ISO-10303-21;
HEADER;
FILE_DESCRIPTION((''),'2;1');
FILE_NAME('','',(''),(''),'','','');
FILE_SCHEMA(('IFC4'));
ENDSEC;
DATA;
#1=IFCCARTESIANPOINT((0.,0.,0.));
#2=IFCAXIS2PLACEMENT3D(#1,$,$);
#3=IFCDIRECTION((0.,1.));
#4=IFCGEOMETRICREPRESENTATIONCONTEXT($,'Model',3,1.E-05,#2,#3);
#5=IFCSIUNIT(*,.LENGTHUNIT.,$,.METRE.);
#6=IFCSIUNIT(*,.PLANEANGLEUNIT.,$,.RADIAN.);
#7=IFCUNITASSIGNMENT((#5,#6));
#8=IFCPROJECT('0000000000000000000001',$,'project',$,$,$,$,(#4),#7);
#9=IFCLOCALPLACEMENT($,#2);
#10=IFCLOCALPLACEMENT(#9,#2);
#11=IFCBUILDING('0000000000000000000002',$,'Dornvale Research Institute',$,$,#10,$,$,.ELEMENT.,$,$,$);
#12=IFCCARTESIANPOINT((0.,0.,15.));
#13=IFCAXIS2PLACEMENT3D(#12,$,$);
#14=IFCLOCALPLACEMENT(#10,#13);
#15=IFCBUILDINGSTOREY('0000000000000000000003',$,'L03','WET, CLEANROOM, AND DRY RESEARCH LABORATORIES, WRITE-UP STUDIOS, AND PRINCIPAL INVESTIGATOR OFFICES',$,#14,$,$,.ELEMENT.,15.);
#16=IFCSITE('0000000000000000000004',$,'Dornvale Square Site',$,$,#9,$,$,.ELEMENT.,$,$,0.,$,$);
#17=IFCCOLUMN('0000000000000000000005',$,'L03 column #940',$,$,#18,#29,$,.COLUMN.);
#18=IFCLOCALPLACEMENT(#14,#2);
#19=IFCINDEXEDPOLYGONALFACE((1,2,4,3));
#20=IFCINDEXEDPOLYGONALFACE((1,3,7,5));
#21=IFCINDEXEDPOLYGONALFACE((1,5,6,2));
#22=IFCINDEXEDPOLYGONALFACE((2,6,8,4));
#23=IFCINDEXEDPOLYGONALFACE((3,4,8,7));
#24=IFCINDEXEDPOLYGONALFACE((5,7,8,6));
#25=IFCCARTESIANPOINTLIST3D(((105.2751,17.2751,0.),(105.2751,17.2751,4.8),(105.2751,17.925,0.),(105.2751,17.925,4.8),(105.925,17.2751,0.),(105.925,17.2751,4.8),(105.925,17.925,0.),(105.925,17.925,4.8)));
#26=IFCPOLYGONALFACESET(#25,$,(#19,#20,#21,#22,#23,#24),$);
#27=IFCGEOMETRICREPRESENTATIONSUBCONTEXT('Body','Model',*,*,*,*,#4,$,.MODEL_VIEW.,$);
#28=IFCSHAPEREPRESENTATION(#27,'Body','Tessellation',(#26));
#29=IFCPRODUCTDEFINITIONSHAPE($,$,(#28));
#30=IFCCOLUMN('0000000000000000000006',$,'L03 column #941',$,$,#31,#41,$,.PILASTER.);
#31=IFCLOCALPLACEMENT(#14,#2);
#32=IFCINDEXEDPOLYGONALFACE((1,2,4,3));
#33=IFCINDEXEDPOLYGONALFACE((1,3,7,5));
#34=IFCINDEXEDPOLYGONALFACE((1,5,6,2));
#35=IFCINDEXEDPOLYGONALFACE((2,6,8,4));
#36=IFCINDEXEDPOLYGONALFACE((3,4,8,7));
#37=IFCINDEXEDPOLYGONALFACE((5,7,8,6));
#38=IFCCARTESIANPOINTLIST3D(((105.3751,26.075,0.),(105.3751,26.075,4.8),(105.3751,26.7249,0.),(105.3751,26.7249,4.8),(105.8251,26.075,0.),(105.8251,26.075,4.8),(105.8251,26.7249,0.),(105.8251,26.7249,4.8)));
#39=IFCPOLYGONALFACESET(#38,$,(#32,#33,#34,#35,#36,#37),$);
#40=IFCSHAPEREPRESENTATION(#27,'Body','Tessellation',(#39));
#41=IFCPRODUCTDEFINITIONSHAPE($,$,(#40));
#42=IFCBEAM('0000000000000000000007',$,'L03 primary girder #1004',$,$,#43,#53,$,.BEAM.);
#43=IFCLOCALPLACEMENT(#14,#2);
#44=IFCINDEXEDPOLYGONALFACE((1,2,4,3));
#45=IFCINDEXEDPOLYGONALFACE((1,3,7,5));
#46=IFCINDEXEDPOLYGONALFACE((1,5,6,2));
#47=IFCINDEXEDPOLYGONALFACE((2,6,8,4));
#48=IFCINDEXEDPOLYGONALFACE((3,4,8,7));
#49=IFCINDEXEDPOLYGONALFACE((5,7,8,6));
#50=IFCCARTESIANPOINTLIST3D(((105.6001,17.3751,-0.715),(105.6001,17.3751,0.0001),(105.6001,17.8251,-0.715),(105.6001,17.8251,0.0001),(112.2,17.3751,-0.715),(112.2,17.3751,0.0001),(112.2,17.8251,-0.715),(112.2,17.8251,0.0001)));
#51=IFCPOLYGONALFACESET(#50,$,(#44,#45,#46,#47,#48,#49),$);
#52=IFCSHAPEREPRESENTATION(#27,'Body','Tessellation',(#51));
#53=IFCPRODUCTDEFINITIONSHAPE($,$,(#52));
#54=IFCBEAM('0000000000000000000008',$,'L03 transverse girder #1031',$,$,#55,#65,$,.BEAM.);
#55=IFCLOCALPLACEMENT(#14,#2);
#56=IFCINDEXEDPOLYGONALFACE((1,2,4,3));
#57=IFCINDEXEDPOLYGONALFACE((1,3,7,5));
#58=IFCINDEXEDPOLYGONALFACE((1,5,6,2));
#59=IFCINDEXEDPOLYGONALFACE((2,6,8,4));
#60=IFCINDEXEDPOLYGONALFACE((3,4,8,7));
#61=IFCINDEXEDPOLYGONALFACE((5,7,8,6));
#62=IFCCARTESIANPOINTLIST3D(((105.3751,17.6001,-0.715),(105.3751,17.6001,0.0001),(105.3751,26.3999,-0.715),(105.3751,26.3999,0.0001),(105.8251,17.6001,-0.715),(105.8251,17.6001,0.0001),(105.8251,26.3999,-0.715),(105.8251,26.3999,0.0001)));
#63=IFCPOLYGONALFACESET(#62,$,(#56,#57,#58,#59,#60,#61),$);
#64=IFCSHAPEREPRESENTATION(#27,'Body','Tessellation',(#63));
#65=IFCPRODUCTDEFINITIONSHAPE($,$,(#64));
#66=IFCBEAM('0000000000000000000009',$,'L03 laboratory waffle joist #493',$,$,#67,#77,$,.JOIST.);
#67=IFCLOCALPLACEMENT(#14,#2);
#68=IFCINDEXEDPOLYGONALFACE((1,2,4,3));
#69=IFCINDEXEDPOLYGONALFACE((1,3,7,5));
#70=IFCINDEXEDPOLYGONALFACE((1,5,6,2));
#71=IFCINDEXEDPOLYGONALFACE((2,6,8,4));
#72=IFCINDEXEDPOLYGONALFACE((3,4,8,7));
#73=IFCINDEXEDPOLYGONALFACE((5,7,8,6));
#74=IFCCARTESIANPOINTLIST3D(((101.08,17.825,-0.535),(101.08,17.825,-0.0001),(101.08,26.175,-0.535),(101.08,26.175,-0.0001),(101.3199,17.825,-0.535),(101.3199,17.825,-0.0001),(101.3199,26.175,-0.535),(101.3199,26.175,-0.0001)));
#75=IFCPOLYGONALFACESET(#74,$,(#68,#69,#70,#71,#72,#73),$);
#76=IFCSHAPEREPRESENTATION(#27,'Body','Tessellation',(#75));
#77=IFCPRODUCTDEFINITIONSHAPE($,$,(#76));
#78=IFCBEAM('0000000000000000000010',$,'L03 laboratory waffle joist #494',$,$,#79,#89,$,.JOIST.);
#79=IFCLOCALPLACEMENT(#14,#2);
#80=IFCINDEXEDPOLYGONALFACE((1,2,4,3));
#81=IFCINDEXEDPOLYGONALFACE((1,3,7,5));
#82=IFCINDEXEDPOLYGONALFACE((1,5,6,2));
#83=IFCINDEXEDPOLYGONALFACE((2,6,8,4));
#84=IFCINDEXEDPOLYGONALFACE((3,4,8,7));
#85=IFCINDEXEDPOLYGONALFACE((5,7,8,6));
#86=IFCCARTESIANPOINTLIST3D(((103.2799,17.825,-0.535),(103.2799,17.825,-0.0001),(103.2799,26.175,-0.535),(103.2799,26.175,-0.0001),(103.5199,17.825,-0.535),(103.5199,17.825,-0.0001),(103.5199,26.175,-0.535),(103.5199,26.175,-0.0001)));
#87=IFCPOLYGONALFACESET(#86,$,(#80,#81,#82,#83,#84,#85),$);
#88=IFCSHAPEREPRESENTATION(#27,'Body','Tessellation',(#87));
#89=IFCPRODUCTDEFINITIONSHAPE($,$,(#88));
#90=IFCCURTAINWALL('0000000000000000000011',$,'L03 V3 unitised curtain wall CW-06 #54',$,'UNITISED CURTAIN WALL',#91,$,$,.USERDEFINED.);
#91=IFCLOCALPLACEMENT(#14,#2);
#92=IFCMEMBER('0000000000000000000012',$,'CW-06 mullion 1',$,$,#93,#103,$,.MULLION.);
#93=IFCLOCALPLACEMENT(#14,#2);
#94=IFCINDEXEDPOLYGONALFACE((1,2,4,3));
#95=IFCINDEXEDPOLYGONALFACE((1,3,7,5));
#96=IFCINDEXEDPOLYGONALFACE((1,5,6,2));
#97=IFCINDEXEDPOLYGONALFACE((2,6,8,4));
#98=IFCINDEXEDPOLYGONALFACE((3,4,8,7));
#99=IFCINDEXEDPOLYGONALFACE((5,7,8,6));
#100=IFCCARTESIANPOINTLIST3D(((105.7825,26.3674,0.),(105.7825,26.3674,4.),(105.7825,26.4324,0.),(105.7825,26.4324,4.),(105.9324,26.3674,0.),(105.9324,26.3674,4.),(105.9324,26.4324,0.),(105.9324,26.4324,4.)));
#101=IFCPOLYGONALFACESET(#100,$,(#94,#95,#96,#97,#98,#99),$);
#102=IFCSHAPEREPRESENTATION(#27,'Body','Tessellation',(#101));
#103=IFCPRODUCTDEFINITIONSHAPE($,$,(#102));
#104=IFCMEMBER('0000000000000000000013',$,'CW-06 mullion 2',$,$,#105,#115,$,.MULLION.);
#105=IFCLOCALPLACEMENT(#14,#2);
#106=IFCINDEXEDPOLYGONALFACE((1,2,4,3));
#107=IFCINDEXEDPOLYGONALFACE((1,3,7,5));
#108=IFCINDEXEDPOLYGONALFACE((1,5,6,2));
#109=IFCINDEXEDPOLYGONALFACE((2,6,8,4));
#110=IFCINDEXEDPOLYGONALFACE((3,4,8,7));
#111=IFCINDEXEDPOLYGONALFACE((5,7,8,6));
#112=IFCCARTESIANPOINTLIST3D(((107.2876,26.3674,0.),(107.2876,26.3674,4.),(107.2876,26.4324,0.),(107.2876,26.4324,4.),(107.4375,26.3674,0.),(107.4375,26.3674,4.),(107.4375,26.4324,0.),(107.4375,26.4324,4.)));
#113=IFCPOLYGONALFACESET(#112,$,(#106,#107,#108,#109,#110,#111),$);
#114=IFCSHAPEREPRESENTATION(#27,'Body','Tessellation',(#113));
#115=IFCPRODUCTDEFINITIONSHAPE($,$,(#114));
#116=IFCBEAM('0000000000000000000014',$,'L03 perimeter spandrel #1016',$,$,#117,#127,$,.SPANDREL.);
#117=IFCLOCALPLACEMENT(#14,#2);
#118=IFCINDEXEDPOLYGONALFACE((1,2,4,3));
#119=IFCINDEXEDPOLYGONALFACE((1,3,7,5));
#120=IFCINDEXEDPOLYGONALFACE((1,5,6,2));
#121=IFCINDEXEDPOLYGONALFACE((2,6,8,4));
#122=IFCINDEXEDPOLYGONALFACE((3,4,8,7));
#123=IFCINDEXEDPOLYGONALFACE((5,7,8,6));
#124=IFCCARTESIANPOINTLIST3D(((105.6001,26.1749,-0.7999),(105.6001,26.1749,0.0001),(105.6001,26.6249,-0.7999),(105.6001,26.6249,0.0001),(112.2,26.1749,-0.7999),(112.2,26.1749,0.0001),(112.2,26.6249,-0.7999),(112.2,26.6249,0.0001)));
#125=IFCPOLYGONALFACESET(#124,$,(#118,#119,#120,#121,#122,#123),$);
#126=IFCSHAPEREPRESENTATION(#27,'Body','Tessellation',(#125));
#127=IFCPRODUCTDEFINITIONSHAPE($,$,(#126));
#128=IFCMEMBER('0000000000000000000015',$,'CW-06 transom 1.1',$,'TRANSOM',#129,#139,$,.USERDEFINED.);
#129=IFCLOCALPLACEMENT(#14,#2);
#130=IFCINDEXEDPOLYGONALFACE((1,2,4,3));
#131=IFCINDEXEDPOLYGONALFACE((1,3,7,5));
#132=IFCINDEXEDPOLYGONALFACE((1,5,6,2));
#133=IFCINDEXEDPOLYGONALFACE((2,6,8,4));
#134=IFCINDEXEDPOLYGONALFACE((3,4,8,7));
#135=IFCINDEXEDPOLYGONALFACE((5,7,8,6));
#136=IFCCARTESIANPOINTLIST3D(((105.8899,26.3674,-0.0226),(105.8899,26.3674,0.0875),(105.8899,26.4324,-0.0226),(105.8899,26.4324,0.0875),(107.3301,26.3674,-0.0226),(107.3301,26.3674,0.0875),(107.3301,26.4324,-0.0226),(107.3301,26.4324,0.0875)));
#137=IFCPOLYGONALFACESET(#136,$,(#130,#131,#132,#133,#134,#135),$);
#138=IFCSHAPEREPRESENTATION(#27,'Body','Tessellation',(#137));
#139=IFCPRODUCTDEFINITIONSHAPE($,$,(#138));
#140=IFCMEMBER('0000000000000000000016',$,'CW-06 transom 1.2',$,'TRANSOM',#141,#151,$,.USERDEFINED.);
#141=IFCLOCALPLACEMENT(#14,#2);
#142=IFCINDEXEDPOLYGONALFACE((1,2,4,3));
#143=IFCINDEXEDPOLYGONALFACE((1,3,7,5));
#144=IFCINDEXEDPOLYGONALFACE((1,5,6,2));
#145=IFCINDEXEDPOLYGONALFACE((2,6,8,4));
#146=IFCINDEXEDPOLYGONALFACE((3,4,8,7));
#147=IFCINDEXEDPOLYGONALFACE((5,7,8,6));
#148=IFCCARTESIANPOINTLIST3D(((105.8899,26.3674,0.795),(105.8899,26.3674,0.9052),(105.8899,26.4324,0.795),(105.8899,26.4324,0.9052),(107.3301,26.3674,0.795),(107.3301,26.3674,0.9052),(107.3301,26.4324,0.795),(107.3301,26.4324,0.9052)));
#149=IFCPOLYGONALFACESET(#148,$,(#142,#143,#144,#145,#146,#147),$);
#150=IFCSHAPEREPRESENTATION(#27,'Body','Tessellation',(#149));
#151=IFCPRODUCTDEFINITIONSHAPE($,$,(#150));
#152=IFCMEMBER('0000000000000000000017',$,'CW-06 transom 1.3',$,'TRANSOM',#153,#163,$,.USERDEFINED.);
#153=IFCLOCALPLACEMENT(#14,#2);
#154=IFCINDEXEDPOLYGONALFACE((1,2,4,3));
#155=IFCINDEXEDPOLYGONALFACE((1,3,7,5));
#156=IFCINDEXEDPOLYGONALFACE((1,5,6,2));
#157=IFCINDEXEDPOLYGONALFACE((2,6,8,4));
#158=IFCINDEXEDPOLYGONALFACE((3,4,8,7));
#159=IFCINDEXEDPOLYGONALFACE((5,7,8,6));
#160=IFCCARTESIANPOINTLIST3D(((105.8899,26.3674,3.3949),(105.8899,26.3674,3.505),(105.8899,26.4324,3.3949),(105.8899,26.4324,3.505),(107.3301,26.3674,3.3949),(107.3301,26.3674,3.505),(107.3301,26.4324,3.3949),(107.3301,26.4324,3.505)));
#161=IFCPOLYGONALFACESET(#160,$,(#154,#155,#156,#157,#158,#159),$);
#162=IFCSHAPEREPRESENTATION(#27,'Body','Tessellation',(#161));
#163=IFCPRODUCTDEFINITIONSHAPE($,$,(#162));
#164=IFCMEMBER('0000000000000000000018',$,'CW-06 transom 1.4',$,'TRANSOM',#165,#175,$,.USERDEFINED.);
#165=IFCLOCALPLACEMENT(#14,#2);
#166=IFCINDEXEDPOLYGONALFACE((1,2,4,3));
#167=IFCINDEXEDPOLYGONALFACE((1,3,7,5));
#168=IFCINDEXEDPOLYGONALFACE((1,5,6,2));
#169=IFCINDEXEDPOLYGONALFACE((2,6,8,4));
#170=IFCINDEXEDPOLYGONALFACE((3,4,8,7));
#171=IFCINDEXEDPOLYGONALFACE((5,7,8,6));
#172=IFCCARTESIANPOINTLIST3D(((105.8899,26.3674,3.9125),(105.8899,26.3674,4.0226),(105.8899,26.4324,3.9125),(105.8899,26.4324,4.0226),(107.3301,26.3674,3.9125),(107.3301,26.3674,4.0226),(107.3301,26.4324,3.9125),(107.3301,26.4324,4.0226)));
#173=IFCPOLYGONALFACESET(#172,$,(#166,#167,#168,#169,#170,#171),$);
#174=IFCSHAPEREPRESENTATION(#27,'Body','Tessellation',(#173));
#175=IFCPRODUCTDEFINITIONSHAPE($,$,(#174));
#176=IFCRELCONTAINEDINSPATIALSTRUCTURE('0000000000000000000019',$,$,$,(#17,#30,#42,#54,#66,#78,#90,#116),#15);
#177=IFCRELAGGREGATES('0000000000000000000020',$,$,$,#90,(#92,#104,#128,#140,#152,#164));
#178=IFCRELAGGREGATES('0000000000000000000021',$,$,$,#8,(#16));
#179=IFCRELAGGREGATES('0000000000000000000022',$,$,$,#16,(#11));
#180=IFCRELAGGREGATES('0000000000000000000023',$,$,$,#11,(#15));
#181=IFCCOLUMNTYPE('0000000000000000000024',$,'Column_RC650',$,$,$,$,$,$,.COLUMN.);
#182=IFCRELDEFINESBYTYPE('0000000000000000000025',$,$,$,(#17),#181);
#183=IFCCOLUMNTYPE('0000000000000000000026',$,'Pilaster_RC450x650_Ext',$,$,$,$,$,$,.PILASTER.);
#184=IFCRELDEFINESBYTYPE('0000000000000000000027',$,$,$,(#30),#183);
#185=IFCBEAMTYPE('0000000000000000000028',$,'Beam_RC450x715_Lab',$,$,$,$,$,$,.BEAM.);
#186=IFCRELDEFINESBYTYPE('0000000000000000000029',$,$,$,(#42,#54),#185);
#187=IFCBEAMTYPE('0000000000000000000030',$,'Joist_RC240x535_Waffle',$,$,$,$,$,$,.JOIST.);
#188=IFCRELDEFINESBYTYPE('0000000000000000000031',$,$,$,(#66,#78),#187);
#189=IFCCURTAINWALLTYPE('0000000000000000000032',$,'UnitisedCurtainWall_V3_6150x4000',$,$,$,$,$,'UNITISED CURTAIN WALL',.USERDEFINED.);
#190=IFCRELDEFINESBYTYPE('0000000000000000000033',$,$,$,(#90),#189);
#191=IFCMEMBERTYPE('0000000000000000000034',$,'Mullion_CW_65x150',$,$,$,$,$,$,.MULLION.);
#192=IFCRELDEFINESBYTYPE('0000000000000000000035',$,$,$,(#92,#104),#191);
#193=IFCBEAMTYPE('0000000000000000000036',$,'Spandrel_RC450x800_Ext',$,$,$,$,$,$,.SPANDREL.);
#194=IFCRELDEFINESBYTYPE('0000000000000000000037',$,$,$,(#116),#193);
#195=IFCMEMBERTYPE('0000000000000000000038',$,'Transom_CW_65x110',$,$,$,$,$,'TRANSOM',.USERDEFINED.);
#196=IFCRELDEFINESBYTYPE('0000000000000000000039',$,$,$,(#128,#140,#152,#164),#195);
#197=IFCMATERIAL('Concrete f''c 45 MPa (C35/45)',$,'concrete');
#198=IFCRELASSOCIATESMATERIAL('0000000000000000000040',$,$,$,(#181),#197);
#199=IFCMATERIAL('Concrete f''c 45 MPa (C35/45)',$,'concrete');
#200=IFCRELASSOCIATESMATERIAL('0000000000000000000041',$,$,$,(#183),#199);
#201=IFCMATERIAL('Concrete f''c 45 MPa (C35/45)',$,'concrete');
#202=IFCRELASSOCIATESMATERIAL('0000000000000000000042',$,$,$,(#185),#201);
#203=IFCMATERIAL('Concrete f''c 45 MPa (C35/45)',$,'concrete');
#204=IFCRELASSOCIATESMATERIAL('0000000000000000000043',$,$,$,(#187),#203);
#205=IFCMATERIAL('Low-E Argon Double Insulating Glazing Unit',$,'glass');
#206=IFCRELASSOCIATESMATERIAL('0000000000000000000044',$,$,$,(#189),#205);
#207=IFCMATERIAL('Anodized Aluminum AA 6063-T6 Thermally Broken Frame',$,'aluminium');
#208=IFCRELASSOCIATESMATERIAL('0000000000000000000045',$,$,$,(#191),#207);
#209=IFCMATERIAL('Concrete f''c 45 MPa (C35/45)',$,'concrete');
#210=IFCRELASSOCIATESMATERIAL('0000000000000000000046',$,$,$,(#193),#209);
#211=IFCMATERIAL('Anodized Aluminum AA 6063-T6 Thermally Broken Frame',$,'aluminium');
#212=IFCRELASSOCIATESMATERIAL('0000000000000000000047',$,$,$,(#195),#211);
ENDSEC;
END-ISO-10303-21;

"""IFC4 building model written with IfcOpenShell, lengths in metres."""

from ifc_helpers import new_model, si_unit, direction, frame, origin, origin_2d, place, context, subcontext, project, spatial, rectangle, extrude, material, material_profile, profile_set, type_object, element, aggregate, save


model = new_model("IFC4")

# Units and contexts
model_context = context("Model", 3, precision=1e-05, world=origin(), true_north=direction((0.0, 1.0)))
body_context = subcontext(model_context, "Body", "Model", "MODEL_VIEW")
ifc_project = project(units=[si_unit("LENGTHUNIT", "METRE"), si_unit("PLANEANGLEUNIT", "RADIAN")], contexts=[model_context])

# Site, building, storey
site_placement = place(None, origin())
site = spatial("IfcSite", under=ifc_project, at=site_placement, Name="Dornvale Square Site", CompositionType="ELEMENT", RefElevation=0.0)
building_placement = place(site_placement, origin())
building = spatial("IfcBuilding", under=site, at=building_placement, Name="Dornvale Research Institute", CompositionType="ELEMENT")
storey_placement = place(building_placement, frame((0.0, 0.0, 15.0)))
storey = spatial("IfcBuildingStorey", under=building, at=storey_placement, Name="L03", Description="WET, CLEANROOM, AND DRY RESEARCH LABORATORIES, WRITE-UP STUDIOS, AND PRINCIPAL INVESTIGATOR OFFICES", CompositionType="ELEMENT", Elevation=15.0)

# Columns
ifc_material_1 = material(Name="Concrete f'c 45 MPa (C35/45)", Category="concrete")
ifc_material_profile_1 = material_profile(ifc_material_1, rectangle(XDim=0.6499, YDim=0.6499, at=origin_2d()), Name="RC 650x650")
ifc_profile_set_1 = profile_set([ifc_material_profile_1], Name="Concrete f'c 45 MPa (C35/45)")
column_type_1 = type_object("IfcColumnType", Name="Column_RC650", PredefinedType="COLUMN", material=ifc_profile_set_1)
column_1_placement = place(storey_placement, frame((105.6001, 17.6001, 0.0), z_axis=(0.0, 0.0, 1.0), x_axis=(1.0, 0.0, 0.0)))
element("IfcColumn", 1, at=column_1_placement, inside=storey, type_object=column_type_1, Name="L03 column #940", PredefinedType="COLUMN", context=body_context, shape_type="SweptSolid", body=[
    extrude(rectangle(XDim=0.6499, YDim=0.6499, at=origin_2d()), origin(), (0.0, 0.0, 1.0), 4.8),
])
ifc_material_2 = material(Name="Concrete f'c 45 MPa (C35/45)", Category="concrete")
ifc_material_profile_2 = material_profile(ifc_material_2, rectangle(XDim=0.45, YDim=0.6499, at=origin_2d()), Name="RC 450x650")
ifc_profile_set_2 = profile_set([ifc_material_profile_2], Name="Concrete f'c 45 MPa (C35/45)")
column_type_2 = type_object("IfcColumnType", Name="Pilaster_RC450x650_Ext", PredefinedType="PILASTER", material=ifc_profile_set_2)
column_2_placement = place(storey_placement, frame((105.6001, 26.3999, 0.0), z_axis=(0.0, 0.0, 1.0), x_axis=(1.0, 0.0, 0.0)))
element("IfcColumn", 2, at=column_2_placement, inside=storey, type_object=column_type_2, Name="L03 column #941", PredefinedType="PILASTER", context=body_context, shape_type="SweptSolid", body=[
    extrude(rectangle(XDim=0.45, YDim=0.6499, at=origin_2d()), origin(), (0.0, 0.0, 1.0), 4.8),
])

# Beams
ifc_material_3 = material(Name="Concrete f'c 45 MPa (C35/45)", Category="concrete")
ifc_material_profile_3 = material_profile(ifc_material_3, rectangle(XDim=0.45, YDim=0.7151, at=origin_2d()), Name="RC 450x715")
ifc_profile_set_3 = profile_set([ifc_material_profile_3], Name="Concrete f'c 45 MPa (C35/45)")
beam_type_1 = type_object("IfcBeamType", Name="Beam_RC450x715_Lab", PredefinedType="BEAM", material=ifc_profile_set_3)
beam_1_placement = place(storey_placement, frame((105.6001, 17.6001, -0.3574), z_axis=(1.0, 0.0, 0.0), x_axis=(0.0, 1.0, 0.0)))
element("IfcBeam", 3, at=beam_1_placement, inside=storey, type_object=beam_type_1, Name="L03 primary girder #1004", PredefinedType="BEAM", context=body_context, shape_type="SweptSolid", body=[
    extrude(rectangle(XDim=0.45, YDim=0.7151, at=origin_2d()), origin(), (0.0, 0.0, 1.0), 6.5999),
])
beam_2_placement = place(storey_placement, frame((105.6001, 17.6001, -0.3574), z_axis=(0.0, 1.0, 0.0), x_axis=(-1.0, 0.0, 0.0)))
element("IfcBeam", 4, at=beam_2_placement, inside=storey, type_object=beam_type_1, Name="L03 transverse girder #1031", PredefinedType="BEAM", context=body_context, shape_type="SweptSolid", body=[
    extrude(rectangle(XDim=0.45, YDim=0.7151, at=origin_2d()), origin(), (0.0, 0.0, 1.0), 8.7998),
])
ifc_material_4 = material(Name="Concrete f'c 45 MPa (C35/45)", Category="concrete")
ifc_material_profile_4 = material_profile(ifc_material_4, rectangle(XDim=0.24, YDim=0.5349, at=origin_2d()), Name="RC 240x535")
ifc_profile_set_4 = profile_set([ifc_material_profile_4], Name="Concrete f'c 45 MPa (C35/45)")
beam_type_2 = type_object("IfcBeamType", Name="Joist_RC240x535_Waffle", PredefinedType="JOIST", material=ifc_profile_set_4)
for number, where, z_axis, x_axis, name in (
    (5, (101.2, 17.825, -0.2676), (0.0, 1.0, 0.0), (-1.0, 0.0, 0.0), "L03 laboratory waffle joist #493"),
    (6, (103.3999, 17.825, -0.2676), (0.0, 1.0, 0.0), (-1.0, 0.0, 0.0), "L03 laboratory waffle joist #494"),
):
    element("IfcBeam", number, at=place(storey_placement, frame(where, z_axis=z_axis, x_axis=x_axis)), inside=storey, type_object=beam_type_2, Name=name, PredefinedType="JOIST", context=body_context, shape_type="SweptSolid", body=[
        extrude(rectangle(XDim=0.24, YDim=0.5349, at=origin_2d()), origin(), (0.0, 0.0, 1.0), 8.3501),
    ])

# Curtain wall, members
ifc_material_5 = material(Name="Low-E Argon Double Insulating Glazing Unit", Category="glass")
curtain_wall_type = type_object("IfcCurtainWallType", Name="UnitisedCurtainWall_V3_6150x4000", ElementType="UNITISED CURTAIN WALL", PredefinedType="USERDEFINED", material=ifc_material_5)
curtain_wall_placement = place(storey_placement, origin())
curtain_wall = element("IfcCurtainWall", 7, at=curtain_wall_placement, inside=storey, type_object=curtain_wall_type, Name="L03 V3 unitised curtain wall CW-06 #54", ObjectType="UNITISED CURTAIN WALL", PredefinedType="USERDEFINED")
ifc_material_6 = material(Name="Anodized Aluminum AA 6063-T6 Thermally Broken Frame", Category="aluminium")
ifc_material_profile_5 = material_profile(ifc_material_6, rectangle(XDim=0.0649, YDim=0.1499, at=origin_2d()), Name="ALU MULLION 65x150")
ifc_profile_set_5 = profile_set([ifc_material_profile_5], Name="Anodized Aluminum AA 6063-T6 Thermally Broken Frame")
member_type_1 = type_object("IfcMemberType", Name="Mullion_CW_65x150", PredefinedType="MULLION", material=ifc_profile_set_5)
member_1_placement = place(storey_placement, frame((105.8574, 26.3999, 0.0), z_axis=(0.0, 0.0, 1.0), x_axis=(0.0, 1.0, 0.0)))
member_1 = element("IfcMember", 8, at=member_1_placement, type_object=member_type_1, Name="CW-06 mullion 1", PredefinedType="MULLION", context=body_context, shape_type="SweptSolid", body=[
    extrude(rectangle(XDim=0.0649, YDim=0.1499, at=origin_2d()), origin(), (0.0, 0.0, 1.0), 4.0),
])
member_2_placement = place(storey_placement, frame((107.3625, 26.3999, 0.0), z_axis=(0.0, 0.0, 1.0), x_axis=(0.0, 1.0, 0.0)))
member_2 = element("IfcMember", 9, at=member_2_placement, type_object=member_type_1, Name="CW-06 mullion 2", PredefinedType="MULLION", context=body_context, shape_type="SweptSolid", body=[
    extrude(rectangle(XDim=0.0649, YDim=0.1499, at=origin_2d()), origin(), (0.0, 0.0, 1.0), 4.0),
])

# Beam
ifc_material_7 = material(Name="Concrete f'c 45 MPa (C35/45)", Category="concrete")
ifc_material_profile_6 = material_profile(ifc_material_7, rectangle(XDim=0.45, YDim=0.8, at=origin_2d()), Name="RC 450x800")
ifc_profile_set_6 = profile_set([ifc_material_profile_6], Name="Concrete f'c 45 MPa (C35/45)")
beam_type_3 = type_object("IfcBeamType", Name="Spandrel_RC450x800_Ext", PredefinedType="SPANDREL", material=ifc_profile_set_6)
beam_3_placement = place(storey_placement, frame((105.6001, 26.3999, -0.3999), z_axis=(1.0, 0.0, 0.0), x_axis=(0.0, 1.0, 0.0)))
element("IfcBeam", 10, at=beam_3_placement, inside=storey, type_object=beam_type_3, Name="L03 perimeter spandrel #1016", PredefinedType="SPANDREL", context=body_context, shape_type="SweptSolid", body=[
    extrude(rectangle(XDim=0.45, YDim=0.8, at=origin_2d()), origin(), (0.0, 0.0, 1.0), 6.5999),
])

# Members
ifc_material_8 = material(Name="Anodized Aluminum AA 6063-T6 Thermally Broken Frame", Category="aluminium")
ifc_material_profile_7 = material_profile(ifc_material_8, rectangle(XDim=0.0649, YDim=0.1101, at=origin_2d()), Name="ALU TRANSOM 65x110")
ifc_profile_set_7 = profile_set([ifc_material_profile_7], Name="Anodized Aluminum AA 6063-T6 Thermally Broken Frame")
member_type_2 = type_object("IfcMemberType", Name="Transom_CW_65x110", ElementType="TRANSOM", PredefinedType="USERDEFINED", material=ifc_profile_set_7)
member_3_placement = place(storey_placement, frame((105.8899, 26.3999, 0.0325), z_axis=(1.0, 0.0, 0.0), x_axis=(0.0, 1.0, 0.0)))
member_3 = element("IfcMember", 11, at=member_3_placement, type_object=member_type_2, Name="CW-06 transom 1.1", ObjectType="TRANSOM", PredefinedType="USERDEFINED", context=body_context, shape_type="SweptSolid", body=[
    extrude(rectangle(XDim=0.0649, YDim=0.1101, at=origin_2d()), origin(), (0.0, 0.0, 1.0), 1.4402),
])
member_4_placement = place(storey_placement, frame((105.8899, 26.3999, 0.8501), z_axis=(1.0, 0.0, 0.0), x_axis=(0.0, 1.0, 0.0)))
member_4 = element("IfcMember", 12, at=member_4_placement, type_object=member_type_2, Name="CW-06 transom 1.2", ObjectType="TRANSOM", PredefinedType="USERDEFINED", context=body_context, shape_type="SweptSolid", body=[
    extrude(rectangle(XDim=0.0649, YDim=0.1101, at=origin_2d()), origin(), (0.0, 0.0, 1.0), 1.4402),
])
member_5_placement = place(storey_placement, frame((105.8899, 26.3999, 3.45), z_axis=(1.0, 0.0, 0.0), x_axis=(0.0, 1.0, 0.0)))
member_5 = element("IfcMember", 13, at=member_5_placement, type_object=member_type_2, Name="CW-06 transom 1.3", ObjectType="TRANSOM", PredefinedType="USERDEFINED", context=body_context, shape_type="SweptSolid", body=[
    extrude(rectangle(XDim=0.0649, YDim=0.1101, at=origin_2d()), origin(), (0.0, 0.0, 1.0), 1.4402),
])
member_6_placement = place(storey_placement, frame((105.8899, 26.3999, 3.9675), z_axis=(1.0, 0.0, 0.0), x_axis=(0.0, 1.0, 0.0)))
member_6 = element("IfcMember", 14, at=member_6_placement, type_object=member_type_2, Name="CW-06 transom 1.4", ObjectType="TRANSOM", PredefinedType="USERDEFINED", context=body_context, shape_type="SweptSolid", body=[
    extrude(rectangle(XDim=0.0649, YDim=0.1101, at=origin_2d()), origin(), (0.0, 0.0, 1.0), 1.4402),
])

aggregate(curtain_wall, [member_1, member_2, member_3, member_4, member_5, member_6])

save(model, "model.ifc")
